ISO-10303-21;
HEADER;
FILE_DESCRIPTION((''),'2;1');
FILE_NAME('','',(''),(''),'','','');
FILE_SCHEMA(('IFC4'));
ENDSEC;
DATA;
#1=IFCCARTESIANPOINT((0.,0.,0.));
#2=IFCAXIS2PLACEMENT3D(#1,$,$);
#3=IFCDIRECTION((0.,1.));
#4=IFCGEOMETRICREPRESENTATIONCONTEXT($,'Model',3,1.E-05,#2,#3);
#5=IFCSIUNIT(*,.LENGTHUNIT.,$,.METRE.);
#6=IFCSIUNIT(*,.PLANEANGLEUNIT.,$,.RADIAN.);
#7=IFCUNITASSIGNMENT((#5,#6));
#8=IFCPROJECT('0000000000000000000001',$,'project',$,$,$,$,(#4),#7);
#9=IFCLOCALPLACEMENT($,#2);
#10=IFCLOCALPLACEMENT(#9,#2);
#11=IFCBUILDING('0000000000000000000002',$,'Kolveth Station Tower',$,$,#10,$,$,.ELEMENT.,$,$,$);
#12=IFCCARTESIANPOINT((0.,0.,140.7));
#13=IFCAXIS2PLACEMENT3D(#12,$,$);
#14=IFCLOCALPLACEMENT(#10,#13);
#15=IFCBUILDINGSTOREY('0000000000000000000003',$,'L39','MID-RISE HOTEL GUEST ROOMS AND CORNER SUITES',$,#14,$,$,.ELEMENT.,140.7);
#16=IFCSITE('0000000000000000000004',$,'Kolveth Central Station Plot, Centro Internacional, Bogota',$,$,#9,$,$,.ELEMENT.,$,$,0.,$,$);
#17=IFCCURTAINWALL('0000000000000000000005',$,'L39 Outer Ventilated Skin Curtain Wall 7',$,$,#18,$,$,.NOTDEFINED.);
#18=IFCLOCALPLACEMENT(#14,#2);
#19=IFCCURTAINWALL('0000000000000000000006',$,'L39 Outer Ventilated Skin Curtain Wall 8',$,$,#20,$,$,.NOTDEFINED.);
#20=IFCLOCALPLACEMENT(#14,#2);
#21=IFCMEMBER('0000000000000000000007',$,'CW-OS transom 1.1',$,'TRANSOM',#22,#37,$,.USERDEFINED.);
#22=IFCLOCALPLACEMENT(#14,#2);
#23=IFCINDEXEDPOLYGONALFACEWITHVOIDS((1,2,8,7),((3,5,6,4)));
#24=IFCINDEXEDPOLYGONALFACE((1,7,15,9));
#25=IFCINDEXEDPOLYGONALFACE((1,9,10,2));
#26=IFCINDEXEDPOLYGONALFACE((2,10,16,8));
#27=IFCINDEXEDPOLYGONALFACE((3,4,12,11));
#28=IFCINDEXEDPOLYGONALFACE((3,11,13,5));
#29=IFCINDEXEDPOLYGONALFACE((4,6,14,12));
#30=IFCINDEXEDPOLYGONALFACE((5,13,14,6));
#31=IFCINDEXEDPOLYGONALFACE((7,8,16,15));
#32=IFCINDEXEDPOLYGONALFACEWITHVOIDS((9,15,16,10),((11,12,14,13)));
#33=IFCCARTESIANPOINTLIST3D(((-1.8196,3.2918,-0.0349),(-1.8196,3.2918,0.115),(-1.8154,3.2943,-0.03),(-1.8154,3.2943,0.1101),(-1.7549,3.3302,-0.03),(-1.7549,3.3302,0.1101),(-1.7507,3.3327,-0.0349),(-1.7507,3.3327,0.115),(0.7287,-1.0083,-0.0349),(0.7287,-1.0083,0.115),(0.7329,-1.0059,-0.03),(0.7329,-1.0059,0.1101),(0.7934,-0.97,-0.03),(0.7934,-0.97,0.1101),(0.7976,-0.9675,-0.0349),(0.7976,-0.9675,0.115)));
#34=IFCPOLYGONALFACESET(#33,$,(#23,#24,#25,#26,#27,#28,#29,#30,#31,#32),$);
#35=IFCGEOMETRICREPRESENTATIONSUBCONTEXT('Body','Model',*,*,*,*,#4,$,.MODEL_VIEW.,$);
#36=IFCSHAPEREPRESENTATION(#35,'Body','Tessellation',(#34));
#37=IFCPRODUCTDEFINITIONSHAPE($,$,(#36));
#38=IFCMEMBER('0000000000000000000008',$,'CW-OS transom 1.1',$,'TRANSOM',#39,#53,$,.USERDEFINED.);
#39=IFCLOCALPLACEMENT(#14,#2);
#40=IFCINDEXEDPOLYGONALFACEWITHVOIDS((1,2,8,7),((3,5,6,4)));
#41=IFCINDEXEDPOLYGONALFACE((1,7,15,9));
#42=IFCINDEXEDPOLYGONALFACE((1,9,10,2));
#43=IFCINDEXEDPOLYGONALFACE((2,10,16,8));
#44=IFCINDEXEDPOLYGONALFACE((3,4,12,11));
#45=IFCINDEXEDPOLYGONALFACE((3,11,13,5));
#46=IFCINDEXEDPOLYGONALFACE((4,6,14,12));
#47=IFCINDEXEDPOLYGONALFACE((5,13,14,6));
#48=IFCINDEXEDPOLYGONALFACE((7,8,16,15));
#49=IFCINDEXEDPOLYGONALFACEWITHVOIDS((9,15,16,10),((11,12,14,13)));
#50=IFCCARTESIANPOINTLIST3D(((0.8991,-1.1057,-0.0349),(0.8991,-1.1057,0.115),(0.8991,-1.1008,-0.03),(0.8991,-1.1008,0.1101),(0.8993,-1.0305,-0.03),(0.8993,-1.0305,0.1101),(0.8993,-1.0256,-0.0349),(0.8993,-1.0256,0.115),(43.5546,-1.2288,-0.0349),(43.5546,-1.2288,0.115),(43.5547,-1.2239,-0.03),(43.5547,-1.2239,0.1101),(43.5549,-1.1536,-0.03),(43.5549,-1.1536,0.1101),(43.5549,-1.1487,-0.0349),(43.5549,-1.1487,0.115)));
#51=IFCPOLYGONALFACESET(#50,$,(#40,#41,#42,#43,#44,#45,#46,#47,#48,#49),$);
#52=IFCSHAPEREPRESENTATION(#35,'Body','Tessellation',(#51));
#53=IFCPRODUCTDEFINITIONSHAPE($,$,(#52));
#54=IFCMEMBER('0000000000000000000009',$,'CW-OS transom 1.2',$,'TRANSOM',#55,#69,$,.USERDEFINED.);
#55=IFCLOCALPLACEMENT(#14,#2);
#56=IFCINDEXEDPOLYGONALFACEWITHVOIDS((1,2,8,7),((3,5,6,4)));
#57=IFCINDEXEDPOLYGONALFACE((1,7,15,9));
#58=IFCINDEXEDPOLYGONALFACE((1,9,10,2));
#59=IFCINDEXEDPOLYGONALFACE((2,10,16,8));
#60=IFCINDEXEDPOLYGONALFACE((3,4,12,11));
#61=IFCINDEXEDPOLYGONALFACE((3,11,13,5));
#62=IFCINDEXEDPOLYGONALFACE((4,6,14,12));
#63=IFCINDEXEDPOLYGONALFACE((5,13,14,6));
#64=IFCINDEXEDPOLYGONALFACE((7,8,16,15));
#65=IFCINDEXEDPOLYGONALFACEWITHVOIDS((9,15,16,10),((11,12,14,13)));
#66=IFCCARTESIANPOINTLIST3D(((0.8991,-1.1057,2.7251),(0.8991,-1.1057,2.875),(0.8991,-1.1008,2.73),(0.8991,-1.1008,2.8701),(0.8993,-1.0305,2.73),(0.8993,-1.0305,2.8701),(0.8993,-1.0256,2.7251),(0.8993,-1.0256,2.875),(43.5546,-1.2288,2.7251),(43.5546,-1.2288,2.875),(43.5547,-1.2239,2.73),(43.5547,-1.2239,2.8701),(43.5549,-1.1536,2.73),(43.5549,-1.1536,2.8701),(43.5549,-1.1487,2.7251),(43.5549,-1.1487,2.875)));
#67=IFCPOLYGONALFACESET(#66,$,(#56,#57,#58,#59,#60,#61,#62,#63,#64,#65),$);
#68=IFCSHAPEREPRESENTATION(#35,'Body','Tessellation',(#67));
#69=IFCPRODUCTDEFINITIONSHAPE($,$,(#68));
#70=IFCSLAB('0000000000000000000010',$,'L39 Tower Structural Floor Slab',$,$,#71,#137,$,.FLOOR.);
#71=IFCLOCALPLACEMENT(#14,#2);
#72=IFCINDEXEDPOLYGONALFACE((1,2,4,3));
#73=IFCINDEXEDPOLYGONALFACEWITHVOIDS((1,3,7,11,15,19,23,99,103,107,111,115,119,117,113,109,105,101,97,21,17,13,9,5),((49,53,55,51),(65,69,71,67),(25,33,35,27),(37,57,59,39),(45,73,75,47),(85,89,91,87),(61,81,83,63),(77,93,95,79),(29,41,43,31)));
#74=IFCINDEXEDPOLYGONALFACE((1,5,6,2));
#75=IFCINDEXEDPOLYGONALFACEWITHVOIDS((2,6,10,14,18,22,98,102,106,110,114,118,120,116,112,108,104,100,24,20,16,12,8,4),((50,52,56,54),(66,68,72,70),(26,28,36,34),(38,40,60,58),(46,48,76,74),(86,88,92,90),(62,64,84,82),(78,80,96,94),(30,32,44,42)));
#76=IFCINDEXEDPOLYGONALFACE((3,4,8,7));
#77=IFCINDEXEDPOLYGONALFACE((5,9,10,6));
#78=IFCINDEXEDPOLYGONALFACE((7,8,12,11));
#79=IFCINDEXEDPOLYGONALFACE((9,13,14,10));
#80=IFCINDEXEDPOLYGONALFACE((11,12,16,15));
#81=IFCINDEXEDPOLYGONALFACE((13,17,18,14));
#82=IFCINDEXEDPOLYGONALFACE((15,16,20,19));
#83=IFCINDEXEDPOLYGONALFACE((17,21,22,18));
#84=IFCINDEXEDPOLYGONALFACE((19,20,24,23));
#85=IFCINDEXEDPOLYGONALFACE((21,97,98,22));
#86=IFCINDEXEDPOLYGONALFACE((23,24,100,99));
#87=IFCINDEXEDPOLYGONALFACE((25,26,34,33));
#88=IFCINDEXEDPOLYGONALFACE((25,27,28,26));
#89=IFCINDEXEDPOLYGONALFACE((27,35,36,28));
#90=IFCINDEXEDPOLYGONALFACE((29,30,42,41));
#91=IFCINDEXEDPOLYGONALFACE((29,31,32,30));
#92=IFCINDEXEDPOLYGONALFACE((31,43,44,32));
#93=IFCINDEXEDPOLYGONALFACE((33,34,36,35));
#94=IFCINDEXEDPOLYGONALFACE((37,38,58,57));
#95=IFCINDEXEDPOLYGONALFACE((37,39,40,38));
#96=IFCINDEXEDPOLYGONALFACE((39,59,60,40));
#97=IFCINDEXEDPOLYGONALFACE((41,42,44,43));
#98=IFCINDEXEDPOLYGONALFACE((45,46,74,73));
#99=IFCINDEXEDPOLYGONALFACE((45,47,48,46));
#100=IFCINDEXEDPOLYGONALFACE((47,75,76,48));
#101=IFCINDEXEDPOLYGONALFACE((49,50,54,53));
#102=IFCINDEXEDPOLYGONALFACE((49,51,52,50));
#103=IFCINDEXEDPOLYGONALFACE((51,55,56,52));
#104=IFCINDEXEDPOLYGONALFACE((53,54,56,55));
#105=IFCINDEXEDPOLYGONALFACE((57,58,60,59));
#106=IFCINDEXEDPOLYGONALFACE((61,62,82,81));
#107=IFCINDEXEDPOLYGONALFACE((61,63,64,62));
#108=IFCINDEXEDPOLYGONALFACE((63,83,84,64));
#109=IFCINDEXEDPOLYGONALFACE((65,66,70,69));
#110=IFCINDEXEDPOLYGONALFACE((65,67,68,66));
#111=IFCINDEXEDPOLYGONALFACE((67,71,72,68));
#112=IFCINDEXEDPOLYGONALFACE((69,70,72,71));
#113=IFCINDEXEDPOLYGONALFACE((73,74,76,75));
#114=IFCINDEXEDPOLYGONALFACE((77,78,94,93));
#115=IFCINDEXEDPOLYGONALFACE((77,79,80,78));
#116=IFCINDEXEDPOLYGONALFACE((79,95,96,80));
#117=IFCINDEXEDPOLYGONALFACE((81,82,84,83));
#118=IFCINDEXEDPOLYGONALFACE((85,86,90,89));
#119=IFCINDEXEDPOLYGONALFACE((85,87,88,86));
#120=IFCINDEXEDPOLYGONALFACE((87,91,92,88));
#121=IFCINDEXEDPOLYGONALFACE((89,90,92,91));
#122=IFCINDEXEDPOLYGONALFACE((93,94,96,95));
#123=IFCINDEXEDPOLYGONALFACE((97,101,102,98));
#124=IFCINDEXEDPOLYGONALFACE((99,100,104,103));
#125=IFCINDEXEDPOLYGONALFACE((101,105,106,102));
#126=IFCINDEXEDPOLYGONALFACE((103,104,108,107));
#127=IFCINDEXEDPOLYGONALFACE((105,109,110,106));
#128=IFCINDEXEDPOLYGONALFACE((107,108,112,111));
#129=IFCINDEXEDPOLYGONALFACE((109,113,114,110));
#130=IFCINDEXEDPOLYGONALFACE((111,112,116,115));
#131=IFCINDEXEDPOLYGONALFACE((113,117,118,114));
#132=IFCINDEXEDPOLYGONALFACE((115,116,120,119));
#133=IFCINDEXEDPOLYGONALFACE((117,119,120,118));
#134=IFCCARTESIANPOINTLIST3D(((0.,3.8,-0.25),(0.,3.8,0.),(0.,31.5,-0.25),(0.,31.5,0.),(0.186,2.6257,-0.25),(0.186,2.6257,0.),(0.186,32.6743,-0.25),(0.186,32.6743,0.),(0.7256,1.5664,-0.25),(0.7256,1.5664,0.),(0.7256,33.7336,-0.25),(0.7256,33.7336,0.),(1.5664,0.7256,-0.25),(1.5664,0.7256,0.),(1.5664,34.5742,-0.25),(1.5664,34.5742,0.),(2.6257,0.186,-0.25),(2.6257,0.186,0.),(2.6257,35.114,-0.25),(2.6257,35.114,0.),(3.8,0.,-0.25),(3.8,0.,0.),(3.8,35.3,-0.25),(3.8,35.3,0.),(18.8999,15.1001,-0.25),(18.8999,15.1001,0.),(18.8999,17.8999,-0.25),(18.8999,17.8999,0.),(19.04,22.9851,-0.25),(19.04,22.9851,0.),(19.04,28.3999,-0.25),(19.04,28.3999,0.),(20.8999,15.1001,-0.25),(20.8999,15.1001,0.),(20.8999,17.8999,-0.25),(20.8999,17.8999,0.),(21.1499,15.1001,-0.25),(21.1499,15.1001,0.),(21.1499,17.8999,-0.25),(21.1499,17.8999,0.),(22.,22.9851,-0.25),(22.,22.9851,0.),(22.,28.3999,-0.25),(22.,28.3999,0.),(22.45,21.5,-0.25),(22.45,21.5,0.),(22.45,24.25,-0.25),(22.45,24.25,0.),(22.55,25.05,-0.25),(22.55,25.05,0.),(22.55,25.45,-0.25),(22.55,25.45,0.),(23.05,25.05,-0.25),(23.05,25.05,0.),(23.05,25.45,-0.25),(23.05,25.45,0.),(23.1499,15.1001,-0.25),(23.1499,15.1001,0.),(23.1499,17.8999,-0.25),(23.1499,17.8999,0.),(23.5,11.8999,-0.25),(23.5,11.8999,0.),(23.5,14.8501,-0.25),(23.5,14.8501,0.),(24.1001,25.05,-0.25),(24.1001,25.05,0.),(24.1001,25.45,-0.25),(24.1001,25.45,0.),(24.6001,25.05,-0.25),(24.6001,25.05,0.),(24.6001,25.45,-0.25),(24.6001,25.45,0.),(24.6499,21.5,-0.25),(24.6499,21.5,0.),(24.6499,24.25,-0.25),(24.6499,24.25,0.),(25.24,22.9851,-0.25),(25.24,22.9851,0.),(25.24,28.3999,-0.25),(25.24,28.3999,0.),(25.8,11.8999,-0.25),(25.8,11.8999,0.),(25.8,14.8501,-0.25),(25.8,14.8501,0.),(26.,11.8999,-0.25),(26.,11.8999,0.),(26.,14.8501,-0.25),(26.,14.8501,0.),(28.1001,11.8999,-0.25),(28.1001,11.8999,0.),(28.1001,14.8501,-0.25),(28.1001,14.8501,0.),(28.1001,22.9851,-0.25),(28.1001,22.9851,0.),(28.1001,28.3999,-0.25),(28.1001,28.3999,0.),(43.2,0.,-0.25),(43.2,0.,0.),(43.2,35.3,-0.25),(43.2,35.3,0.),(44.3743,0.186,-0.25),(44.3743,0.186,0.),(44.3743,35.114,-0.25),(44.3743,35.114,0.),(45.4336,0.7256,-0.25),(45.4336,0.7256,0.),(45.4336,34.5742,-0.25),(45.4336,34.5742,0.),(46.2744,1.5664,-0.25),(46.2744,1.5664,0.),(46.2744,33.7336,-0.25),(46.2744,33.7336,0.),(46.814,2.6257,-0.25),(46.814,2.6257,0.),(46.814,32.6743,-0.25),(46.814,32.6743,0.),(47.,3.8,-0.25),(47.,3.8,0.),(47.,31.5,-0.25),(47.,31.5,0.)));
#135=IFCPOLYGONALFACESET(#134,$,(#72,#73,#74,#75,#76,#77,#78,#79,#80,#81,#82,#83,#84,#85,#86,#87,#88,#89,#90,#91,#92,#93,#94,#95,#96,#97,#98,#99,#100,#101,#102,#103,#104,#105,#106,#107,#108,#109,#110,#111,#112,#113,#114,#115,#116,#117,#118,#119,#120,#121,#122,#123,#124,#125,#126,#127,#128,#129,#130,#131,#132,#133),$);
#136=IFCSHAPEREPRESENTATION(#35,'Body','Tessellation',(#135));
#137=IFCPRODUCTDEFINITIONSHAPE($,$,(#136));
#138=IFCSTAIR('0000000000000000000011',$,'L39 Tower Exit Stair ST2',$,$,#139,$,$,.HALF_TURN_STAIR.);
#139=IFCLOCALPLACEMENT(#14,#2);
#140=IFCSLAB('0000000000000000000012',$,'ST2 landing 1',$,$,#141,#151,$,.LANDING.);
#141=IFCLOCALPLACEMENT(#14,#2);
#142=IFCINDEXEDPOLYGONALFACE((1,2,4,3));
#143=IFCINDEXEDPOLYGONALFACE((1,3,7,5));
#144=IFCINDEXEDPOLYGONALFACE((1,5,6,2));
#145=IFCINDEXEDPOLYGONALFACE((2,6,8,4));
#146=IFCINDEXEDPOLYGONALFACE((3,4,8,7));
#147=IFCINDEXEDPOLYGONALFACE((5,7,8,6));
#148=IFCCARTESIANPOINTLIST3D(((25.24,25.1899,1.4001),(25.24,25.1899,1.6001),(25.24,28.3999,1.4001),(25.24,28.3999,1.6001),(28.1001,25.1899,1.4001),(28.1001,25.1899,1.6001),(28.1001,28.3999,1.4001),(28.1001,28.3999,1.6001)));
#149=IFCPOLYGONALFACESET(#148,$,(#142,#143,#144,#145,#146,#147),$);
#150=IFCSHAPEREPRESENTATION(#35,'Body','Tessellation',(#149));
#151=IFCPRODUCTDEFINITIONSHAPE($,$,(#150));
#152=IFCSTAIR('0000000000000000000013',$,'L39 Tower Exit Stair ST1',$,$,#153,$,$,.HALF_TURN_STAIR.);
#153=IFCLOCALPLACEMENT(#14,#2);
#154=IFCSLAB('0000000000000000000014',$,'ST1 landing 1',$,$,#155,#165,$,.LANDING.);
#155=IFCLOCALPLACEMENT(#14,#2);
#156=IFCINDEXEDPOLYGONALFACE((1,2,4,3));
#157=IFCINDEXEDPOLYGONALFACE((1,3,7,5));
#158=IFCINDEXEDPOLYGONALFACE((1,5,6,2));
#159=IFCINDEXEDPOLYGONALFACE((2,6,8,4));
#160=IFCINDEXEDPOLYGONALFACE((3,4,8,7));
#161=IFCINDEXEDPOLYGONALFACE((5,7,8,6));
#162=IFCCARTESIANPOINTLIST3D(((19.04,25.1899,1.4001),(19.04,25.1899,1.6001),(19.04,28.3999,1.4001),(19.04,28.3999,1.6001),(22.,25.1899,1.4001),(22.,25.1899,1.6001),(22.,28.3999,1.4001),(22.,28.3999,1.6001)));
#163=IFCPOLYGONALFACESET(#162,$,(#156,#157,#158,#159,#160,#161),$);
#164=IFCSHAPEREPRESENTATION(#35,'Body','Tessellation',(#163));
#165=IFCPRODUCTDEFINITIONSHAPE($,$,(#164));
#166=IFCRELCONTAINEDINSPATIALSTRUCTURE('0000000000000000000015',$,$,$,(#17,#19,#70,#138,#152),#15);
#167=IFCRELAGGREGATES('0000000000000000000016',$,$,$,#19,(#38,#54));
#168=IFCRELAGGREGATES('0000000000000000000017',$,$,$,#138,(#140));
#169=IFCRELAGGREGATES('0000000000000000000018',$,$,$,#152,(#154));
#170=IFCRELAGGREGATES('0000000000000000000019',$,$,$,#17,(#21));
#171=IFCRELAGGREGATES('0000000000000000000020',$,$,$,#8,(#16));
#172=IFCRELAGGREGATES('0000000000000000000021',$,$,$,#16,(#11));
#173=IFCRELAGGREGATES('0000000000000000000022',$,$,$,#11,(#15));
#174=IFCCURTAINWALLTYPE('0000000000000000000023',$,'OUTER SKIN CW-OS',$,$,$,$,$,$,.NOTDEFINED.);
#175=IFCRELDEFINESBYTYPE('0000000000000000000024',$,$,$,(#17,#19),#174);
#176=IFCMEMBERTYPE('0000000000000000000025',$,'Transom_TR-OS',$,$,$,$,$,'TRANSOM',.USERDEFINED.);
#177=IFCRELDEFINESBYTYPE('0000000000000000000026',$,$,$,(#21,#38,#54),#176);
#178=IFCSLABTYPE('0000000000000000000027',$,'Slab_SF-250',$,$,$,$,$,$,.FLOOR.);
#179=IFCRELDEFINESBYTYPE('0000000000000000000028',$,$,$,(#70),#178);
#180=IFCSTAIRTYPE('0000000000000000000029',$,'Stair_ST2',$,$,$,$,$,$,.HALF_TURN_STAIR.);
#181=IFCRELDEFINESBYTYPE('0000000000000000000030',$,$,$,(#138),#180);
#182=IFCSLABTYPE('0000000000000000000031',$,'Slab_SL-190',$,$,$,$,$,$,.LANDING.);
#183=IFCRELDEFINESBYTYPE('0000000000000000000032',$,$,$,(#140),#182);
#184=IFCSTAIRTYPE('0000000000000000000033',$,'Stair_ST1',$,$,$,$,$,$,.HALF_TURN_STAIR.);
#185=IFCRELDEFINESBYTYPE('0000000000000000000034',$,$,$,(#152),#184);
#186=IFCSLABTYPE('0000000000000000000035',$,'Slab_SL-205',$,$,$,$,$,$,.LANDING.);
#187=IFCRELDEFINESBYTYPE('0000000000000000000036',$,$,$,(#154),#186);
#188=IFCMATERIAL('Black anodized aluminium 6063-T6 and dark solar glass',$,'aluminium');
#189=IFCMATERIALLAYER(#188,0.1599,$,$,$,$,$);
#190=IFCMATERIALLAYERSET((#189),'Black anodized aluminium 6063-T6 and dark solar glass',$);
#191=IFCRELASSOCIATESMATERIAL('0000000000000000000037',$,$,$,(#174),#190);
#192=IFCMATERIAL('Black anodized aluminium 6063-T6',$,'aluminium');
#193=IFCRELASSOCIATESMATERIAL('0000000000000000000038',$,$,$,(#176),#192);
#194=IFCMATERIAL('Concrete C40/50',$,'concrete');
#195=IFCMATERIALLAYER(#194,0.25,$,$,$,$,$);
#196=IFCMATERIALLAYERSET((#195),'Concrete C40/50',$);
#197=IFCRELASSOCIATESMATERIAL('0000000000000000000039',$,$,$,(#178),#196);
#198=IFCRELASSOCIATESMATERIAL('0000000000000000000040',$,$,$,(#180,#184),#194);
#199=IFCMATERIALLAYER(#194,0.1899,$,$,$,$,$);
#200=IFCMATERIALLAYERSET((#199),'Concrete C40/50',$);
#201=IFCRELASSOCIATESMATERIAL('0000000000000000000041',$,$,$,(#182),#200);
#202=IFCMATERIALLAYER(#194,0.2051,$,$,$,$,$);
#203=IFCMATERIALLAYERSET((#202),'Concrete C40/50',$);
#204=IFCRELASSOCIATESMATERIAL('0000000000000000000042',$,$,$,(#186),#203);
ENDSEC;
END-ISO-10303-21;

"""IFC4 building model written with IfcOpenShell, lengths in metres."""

from ifc_helpers import new_model, si_unit, direction, frame, origin, origin_2d, place, context, subcontext, project, spatial, polyline, hollow_rectangle, outline, extrude, source, transform, mapped, material, layer, layer_set, material_profile, profile_set, type_object, element, aggregate, save


model = new_model("IFC4")

# Units and contexts
model_context = context("Model", 3, precision=1e-05, world=origin(), true_north=direction((0.0, 1.0)))
body_context = subcontext(model_context, "Body", "Model", "MODEL_VIEW")
ifc_project = project(units=[si_unit("LENGTHUNIT", "METRE"), si_unit("PLANEANGLEUNIT", "RADIAN")], contexts=[model_context])

# Site, building, storey
site_placement = place(None, origin())
site = spatial("IfcSite", under=ifc_project, at=site_placement, Name="Kolveth Central Station Plot, Centro Internacional, Bogota", CompositionType="ELEMENT", RefElevation=0.0)
building_placement = place(site_placement, origin())
building = spatial("IfcBuilding", under=site, at=building_placement, Name="Kolveth Station Tower", CompositionType="ELEMENT")
storey_placement = place(building_placement, frame((0.0, 0.0, 140.7)))
storey = spatial("IfcBuildingStorey", under=building, at=storey_placement, Name="L39", Description="MID-RISE HOTEL GUEST ROOMS AND CORNER SUITES", CompositionType="ELEMENT", Elevation=140.7)

# Shared definitions
ifc_material_1 = material(Name="Black anodized aluminium 6063-T6", Category="aluminium")

# Curtain walls
ifc_material_2 = material(Name="Black anodized aluminium 6063-T6 and dark solar glass", Category="aluminium")
ifc_layer_1 = layer(ifc_material_2, 0.1599)
ifc_layer_set_1 = layer_set([ifc_layer_1], Name="Black anodized aluminium 6063-T6 and dark solar glass")
curtain_wall_type_1 = type_object("IfcCurtainWallType", Name="OUTER SKIN CW-OS", PredefinedType="NOTDEFINED", material=ifc_layer_set_1)
curtain_wall_1_placement = place(storey_placement, origin())
curtain_wall_1 = element("IfcCurtainWall", 1, at=curtain_wall_1_placement, inside=storey, type_object=curtain_wall_type_1, Name="L39 Outer Ventilated Skin Curtain Wall 7", PredefinedType="NOTDEFINED")
curtain_wall_2_placement = place(storey_placement, origin())
curtain_wall_2 = element("IfcCurtainWall", 2, at=curtain_wall_2_placement, inside=storey, type_object=curtain_wall_type_1, Name="L39 Outer Ventilated Skin Curtain Wall 8", PredefinedType="NOTDEFINED")

# Members
ifc_material_profile_1 = material_profile(ifc_material_1, hollow_rectangle(XDim=0.0801, YDim=0.1499, WallThickness=0.0049, at=origin_2d()), Name="ALU-80x150x5")
ifc_profile_set_1 = profile_set([ifc_material_profile_1], Name="Black anodized aluminium 6063-T6")
member_type_1 = type_object("IfcMemberType", Name="Transom_TR-OS", ElementType="TRANSOM", PredefinedType="USERDEFINED", material=ifc_profile_set_1)
shared_shape_1 = source(origin(), body_context, "Body", "SweptSolid", [
    extrude(hollow_rectangle(XDim=0.0801, YDim=0.1499, WallThickness=0.0049, at=origin_2d()), origin(), (0.0, 0.0, 1.0), 4.9985),
])
member_1_placement = place(storey_placement, frame((-1.7852, 3.3123, 0.04), z_axis=(0.509805, -0.86029, 0.0), x_axis=(0.86029, 0.509805, 0.0)))
member_1 = element("IfcMember", 3, at=member_1_placement, type_object=member_type_1, Name="CW-OS transom 1.1", ObjectType="TRANSOM", PredefinedType="USERDEFINED", context=body_context, shape_type="MappedRepresentation", body=[
    mapped(shared_shape_1, transform((0.0, 0.0, 0.0), x_axis=(1.0, 0.0, 0.0), y_axis=(0.0, 1.0, 0.0), z_axis=(0.0, 0.0, 1.0), scale=1.0)),
])
shared_shape_2 = source(origin(), body_context, "Body", "SweptSolid", [
    extrude(hollow_rectangle(XDim=0.0801, YDim=0.1499, WallThickness=0.0049, at=origin_2d()), origin(), (0.0, 0.0, 1.0), 42.6558),
])
member_2_placement = place(storey_placement, frame((0.8992, -1.0657, 0.04), z_axis=(0.999996, -0.002885, 0.0), x_axis=(0.002885, 0.999996, 0.0)))
member_2 = element("IfcMember", 4, at=member_2_placement, type_object=member_type_1, Name="CW-OS transom 1.1", ObjectType="TRANSOM", PredefinedType="USERDEFINED", context=body_context, shape_type="MappedRepresentation", body=[
    mapped(shared_shape_2, transform((0.0, 0.0, 0.0), x_axis=(1.0, 0.0, 0.0), y_axis=(0.0, 1.0, 0.0), z_axis=(0.0, 0.0, 1.0), scale=1.0)),
])
member_3_placement = place(storey_placement, frame((0.8992, -1.0657, 2.8), z_axis=(0.999996, -0.002885, 0.0), x_axis=(0.002885, 0.999996, 0.0)))
member_3 = element("IfcMember", 5, at=member_3_placement, type_object=member_type_1, Name="CW-OS transom 1.2", ObjectType="TRANSOM", PredefinedType="USERDEFINED", context=body_context, shape_type="MappedRepresentation", body=[
    mapped(shared_shape_2, transform((0.0, 0.0, 0.0), x_axis=(1.0, 0.0, 0.0), y_axis=(0.0, 1.0, 0.0), z_axis=(0.0, 0.0, 1.0), scale=1.0)),
])
aggregate(curtain_wall_2, [member_2, member_3])

# Slab
ifc_material_3 = material(Name="Concrete C40/50", Category="concrete")
ifc_layer_2 = layer(ifc_material_3, 0.25)
ifc_layer_set_2 = layer_set([ifc_layer_2], Name="Concrete C40/50")
slab_type_1 = type_object("IfcSlabType", Name="Slab_SF-250", PredefinedType="FLOOR", material=ifc_layer_set_2)
slab_1_placement = place(storey_placement, frame((0.0, 0.0, -0.25)))
element("IfcSlab", 6, at=slab_1_placement, inside=storey, type_object=slab_type_1, Name="L39 Tower Structural Floor Slab", PredefinedType="FLOOR", context=body_context, shape_type="SweptSolid", body=[
    extrude(outline(polyline([(43.2, 0.0), (44.3743, 0.186), (45.4336, 0.7256), (46.2744, 1.5664), (46.814, 2.6257), (47.0, 3.8), (47.0, 31.5), (46.814, 32.6743), (46.2744, 33.7336), (45.4336, 34.5742), (44.3743, 35.114), (43.2, 35.3), (3.8, 35.3), (2.6257, 35.114), (1.5664, 34.5742), (0.7256, 33.7336), (0.186, 32.6743), (0.0, 31.5), (0.0, 3.8), (0.186, 2.6257), (0.7256, 1.5664), (1.5664, 0.7256), (2.6257, 0.186), (3.8, 0.0), (43.2, 0.0)]), holes=[polyline([(19.04, 22.9851), (22.0, 22.9851), (22.0, 28.3999), (19.04, 28.3999), (19.04, 22.9851)]), polyline([(25.24, 22.9851), (28.1001, 22.9851), (28.1001, 28.3999), (25.24, 28.3999), (25.24, 22.9851)]), polyline([(18.8999, 15.1001), (20.8999, 15.1001), (20.8999, 17.8999), (18.8999, 17.8999), (18.8999, 15.1001)]), polyline([(21.1499, 15.1001), (23.1499, 15.1001), (23.1499, 17.8999), (21.1499, 17.8999), (21.1499, 15.1001)]), polyline([(22.45, 21.5), (24.6499, 21.5), (24.6499, 24.25), (22.45, 24.25), (22.45, 21.5)]), polyline([(23.5, 11.8999), (25.8, 11.8999), (25.8, 14.8501), (23.5, 14.8501), (23.5, 11.8999)]), polyline([(26.0, 11.8999), (28.1001, 11.8999), (28.1001, 14.8501), (26.0, 14.8501), (26.0, 11.8999)]), polyline([(22.55, 25.05), (23.05, 25.05), (23.05, 25.45), (22.55, 25.45), (22.55, 25.05)]), polyline([(24.1001, 25.05), (24.6001, 25.05), (24.6001, 25.45), (24.1001, 25.45), (24.1001, 25.05)])]), origin(), (0.0, 0.0, 1.0), 0.25),
])

# Stairs, slabs
stair_type_1 = type_object("IfcStairType", Name="Stair_ST2", PredefinedType="HALF_TURN_STAIR", material=ifc_material_3)
stair_1_placement = place(storey_placement, origin())
stair_1 = element("IfcStair", 7, at=stair_1_placement, inside=storey, type_object=stair_type_1, Name="L39 Tower Exit Stair ST2", PredefinedType="HALF_TURN_STAIR")
ifc_layer_3 = layer(ifc_material_3, 0.1899)
ifc_layer_set_3 = layer_set([ifc_layer_3], Name="Concrete C40/50")
slab_type_2 = type_object("IfcSlabType", Name="Slab_SL-190", PredefinedType="LANDING", material=ifc_layer_set_3)
slab_2_placement = place(storey_placement, frame((0.0, 0.0, 1.4001)))
slab_2 = element("IfcSlab", 8, at=slab_2_placement, type_object=slab_type_2, Name="ST2 landing 1", PredefinedType="LANDING", context=body_context, shape_type="SweptSolid", body=[
    extrude(outline(polyline([(28.1001, 25.1899), (28.1001, 28.3999), (25.24, 28.3999), (25.24, 25.1899), (28.1001, 25.1899)])), origin(), (0.0, 0.0, 1.0), 0.2),
])
aggregate(stair_1, [slab_2])
stair_type_2 = type_object("IfcStairType", Name="Stair_ST1", PredefinedType="HALF_TURN_STAIR", material=ifc_material_3)
stair_2_placement = place(storey_placement, origin())
stair_2 = element("IfcStair", 9, at=stair_2_placement, inside=storey, type_object=stair_type_2, Name="L39 Tower Exit Stair ST1", PredefinedType="HALF_TURN_STAIR")
ifc_layer_4 = layer(ifc_material_3, 0.2051)
ifc_layer_set_4 = layer_set([ifc_layer_4], Name="Concrete C40/50")
slab_type_3 = type_object("IfcSlabType", Name="Slab_SL-205", PredefinedType="LANDING", material=ifc_layer_set_4)
slab_3_placement = place(storey_placement, frame((0.0, 0.0, 1.4001)))
slab_3 = element("IfcSlab", 10, at=slab_3_placement, type_object=slab_type_3, Name="ST1 landing 1", PredefinedType="LANDING", context=body_context, shape_type="SweptSolid", body=[
    extrude(outline(polyline([(22.0, 25.1899), (22.0, 28.3999), (19.04, 28.3999), (19.04, 25.1899), (22.0, 25.1899)])), origin(), (0.0, 0.0, 1.0), 0.2),
])
aggregate(stair_2, [slab_3])

aggregate(curtain_wall_1, [member_1])

save(model, "model.ifc")
